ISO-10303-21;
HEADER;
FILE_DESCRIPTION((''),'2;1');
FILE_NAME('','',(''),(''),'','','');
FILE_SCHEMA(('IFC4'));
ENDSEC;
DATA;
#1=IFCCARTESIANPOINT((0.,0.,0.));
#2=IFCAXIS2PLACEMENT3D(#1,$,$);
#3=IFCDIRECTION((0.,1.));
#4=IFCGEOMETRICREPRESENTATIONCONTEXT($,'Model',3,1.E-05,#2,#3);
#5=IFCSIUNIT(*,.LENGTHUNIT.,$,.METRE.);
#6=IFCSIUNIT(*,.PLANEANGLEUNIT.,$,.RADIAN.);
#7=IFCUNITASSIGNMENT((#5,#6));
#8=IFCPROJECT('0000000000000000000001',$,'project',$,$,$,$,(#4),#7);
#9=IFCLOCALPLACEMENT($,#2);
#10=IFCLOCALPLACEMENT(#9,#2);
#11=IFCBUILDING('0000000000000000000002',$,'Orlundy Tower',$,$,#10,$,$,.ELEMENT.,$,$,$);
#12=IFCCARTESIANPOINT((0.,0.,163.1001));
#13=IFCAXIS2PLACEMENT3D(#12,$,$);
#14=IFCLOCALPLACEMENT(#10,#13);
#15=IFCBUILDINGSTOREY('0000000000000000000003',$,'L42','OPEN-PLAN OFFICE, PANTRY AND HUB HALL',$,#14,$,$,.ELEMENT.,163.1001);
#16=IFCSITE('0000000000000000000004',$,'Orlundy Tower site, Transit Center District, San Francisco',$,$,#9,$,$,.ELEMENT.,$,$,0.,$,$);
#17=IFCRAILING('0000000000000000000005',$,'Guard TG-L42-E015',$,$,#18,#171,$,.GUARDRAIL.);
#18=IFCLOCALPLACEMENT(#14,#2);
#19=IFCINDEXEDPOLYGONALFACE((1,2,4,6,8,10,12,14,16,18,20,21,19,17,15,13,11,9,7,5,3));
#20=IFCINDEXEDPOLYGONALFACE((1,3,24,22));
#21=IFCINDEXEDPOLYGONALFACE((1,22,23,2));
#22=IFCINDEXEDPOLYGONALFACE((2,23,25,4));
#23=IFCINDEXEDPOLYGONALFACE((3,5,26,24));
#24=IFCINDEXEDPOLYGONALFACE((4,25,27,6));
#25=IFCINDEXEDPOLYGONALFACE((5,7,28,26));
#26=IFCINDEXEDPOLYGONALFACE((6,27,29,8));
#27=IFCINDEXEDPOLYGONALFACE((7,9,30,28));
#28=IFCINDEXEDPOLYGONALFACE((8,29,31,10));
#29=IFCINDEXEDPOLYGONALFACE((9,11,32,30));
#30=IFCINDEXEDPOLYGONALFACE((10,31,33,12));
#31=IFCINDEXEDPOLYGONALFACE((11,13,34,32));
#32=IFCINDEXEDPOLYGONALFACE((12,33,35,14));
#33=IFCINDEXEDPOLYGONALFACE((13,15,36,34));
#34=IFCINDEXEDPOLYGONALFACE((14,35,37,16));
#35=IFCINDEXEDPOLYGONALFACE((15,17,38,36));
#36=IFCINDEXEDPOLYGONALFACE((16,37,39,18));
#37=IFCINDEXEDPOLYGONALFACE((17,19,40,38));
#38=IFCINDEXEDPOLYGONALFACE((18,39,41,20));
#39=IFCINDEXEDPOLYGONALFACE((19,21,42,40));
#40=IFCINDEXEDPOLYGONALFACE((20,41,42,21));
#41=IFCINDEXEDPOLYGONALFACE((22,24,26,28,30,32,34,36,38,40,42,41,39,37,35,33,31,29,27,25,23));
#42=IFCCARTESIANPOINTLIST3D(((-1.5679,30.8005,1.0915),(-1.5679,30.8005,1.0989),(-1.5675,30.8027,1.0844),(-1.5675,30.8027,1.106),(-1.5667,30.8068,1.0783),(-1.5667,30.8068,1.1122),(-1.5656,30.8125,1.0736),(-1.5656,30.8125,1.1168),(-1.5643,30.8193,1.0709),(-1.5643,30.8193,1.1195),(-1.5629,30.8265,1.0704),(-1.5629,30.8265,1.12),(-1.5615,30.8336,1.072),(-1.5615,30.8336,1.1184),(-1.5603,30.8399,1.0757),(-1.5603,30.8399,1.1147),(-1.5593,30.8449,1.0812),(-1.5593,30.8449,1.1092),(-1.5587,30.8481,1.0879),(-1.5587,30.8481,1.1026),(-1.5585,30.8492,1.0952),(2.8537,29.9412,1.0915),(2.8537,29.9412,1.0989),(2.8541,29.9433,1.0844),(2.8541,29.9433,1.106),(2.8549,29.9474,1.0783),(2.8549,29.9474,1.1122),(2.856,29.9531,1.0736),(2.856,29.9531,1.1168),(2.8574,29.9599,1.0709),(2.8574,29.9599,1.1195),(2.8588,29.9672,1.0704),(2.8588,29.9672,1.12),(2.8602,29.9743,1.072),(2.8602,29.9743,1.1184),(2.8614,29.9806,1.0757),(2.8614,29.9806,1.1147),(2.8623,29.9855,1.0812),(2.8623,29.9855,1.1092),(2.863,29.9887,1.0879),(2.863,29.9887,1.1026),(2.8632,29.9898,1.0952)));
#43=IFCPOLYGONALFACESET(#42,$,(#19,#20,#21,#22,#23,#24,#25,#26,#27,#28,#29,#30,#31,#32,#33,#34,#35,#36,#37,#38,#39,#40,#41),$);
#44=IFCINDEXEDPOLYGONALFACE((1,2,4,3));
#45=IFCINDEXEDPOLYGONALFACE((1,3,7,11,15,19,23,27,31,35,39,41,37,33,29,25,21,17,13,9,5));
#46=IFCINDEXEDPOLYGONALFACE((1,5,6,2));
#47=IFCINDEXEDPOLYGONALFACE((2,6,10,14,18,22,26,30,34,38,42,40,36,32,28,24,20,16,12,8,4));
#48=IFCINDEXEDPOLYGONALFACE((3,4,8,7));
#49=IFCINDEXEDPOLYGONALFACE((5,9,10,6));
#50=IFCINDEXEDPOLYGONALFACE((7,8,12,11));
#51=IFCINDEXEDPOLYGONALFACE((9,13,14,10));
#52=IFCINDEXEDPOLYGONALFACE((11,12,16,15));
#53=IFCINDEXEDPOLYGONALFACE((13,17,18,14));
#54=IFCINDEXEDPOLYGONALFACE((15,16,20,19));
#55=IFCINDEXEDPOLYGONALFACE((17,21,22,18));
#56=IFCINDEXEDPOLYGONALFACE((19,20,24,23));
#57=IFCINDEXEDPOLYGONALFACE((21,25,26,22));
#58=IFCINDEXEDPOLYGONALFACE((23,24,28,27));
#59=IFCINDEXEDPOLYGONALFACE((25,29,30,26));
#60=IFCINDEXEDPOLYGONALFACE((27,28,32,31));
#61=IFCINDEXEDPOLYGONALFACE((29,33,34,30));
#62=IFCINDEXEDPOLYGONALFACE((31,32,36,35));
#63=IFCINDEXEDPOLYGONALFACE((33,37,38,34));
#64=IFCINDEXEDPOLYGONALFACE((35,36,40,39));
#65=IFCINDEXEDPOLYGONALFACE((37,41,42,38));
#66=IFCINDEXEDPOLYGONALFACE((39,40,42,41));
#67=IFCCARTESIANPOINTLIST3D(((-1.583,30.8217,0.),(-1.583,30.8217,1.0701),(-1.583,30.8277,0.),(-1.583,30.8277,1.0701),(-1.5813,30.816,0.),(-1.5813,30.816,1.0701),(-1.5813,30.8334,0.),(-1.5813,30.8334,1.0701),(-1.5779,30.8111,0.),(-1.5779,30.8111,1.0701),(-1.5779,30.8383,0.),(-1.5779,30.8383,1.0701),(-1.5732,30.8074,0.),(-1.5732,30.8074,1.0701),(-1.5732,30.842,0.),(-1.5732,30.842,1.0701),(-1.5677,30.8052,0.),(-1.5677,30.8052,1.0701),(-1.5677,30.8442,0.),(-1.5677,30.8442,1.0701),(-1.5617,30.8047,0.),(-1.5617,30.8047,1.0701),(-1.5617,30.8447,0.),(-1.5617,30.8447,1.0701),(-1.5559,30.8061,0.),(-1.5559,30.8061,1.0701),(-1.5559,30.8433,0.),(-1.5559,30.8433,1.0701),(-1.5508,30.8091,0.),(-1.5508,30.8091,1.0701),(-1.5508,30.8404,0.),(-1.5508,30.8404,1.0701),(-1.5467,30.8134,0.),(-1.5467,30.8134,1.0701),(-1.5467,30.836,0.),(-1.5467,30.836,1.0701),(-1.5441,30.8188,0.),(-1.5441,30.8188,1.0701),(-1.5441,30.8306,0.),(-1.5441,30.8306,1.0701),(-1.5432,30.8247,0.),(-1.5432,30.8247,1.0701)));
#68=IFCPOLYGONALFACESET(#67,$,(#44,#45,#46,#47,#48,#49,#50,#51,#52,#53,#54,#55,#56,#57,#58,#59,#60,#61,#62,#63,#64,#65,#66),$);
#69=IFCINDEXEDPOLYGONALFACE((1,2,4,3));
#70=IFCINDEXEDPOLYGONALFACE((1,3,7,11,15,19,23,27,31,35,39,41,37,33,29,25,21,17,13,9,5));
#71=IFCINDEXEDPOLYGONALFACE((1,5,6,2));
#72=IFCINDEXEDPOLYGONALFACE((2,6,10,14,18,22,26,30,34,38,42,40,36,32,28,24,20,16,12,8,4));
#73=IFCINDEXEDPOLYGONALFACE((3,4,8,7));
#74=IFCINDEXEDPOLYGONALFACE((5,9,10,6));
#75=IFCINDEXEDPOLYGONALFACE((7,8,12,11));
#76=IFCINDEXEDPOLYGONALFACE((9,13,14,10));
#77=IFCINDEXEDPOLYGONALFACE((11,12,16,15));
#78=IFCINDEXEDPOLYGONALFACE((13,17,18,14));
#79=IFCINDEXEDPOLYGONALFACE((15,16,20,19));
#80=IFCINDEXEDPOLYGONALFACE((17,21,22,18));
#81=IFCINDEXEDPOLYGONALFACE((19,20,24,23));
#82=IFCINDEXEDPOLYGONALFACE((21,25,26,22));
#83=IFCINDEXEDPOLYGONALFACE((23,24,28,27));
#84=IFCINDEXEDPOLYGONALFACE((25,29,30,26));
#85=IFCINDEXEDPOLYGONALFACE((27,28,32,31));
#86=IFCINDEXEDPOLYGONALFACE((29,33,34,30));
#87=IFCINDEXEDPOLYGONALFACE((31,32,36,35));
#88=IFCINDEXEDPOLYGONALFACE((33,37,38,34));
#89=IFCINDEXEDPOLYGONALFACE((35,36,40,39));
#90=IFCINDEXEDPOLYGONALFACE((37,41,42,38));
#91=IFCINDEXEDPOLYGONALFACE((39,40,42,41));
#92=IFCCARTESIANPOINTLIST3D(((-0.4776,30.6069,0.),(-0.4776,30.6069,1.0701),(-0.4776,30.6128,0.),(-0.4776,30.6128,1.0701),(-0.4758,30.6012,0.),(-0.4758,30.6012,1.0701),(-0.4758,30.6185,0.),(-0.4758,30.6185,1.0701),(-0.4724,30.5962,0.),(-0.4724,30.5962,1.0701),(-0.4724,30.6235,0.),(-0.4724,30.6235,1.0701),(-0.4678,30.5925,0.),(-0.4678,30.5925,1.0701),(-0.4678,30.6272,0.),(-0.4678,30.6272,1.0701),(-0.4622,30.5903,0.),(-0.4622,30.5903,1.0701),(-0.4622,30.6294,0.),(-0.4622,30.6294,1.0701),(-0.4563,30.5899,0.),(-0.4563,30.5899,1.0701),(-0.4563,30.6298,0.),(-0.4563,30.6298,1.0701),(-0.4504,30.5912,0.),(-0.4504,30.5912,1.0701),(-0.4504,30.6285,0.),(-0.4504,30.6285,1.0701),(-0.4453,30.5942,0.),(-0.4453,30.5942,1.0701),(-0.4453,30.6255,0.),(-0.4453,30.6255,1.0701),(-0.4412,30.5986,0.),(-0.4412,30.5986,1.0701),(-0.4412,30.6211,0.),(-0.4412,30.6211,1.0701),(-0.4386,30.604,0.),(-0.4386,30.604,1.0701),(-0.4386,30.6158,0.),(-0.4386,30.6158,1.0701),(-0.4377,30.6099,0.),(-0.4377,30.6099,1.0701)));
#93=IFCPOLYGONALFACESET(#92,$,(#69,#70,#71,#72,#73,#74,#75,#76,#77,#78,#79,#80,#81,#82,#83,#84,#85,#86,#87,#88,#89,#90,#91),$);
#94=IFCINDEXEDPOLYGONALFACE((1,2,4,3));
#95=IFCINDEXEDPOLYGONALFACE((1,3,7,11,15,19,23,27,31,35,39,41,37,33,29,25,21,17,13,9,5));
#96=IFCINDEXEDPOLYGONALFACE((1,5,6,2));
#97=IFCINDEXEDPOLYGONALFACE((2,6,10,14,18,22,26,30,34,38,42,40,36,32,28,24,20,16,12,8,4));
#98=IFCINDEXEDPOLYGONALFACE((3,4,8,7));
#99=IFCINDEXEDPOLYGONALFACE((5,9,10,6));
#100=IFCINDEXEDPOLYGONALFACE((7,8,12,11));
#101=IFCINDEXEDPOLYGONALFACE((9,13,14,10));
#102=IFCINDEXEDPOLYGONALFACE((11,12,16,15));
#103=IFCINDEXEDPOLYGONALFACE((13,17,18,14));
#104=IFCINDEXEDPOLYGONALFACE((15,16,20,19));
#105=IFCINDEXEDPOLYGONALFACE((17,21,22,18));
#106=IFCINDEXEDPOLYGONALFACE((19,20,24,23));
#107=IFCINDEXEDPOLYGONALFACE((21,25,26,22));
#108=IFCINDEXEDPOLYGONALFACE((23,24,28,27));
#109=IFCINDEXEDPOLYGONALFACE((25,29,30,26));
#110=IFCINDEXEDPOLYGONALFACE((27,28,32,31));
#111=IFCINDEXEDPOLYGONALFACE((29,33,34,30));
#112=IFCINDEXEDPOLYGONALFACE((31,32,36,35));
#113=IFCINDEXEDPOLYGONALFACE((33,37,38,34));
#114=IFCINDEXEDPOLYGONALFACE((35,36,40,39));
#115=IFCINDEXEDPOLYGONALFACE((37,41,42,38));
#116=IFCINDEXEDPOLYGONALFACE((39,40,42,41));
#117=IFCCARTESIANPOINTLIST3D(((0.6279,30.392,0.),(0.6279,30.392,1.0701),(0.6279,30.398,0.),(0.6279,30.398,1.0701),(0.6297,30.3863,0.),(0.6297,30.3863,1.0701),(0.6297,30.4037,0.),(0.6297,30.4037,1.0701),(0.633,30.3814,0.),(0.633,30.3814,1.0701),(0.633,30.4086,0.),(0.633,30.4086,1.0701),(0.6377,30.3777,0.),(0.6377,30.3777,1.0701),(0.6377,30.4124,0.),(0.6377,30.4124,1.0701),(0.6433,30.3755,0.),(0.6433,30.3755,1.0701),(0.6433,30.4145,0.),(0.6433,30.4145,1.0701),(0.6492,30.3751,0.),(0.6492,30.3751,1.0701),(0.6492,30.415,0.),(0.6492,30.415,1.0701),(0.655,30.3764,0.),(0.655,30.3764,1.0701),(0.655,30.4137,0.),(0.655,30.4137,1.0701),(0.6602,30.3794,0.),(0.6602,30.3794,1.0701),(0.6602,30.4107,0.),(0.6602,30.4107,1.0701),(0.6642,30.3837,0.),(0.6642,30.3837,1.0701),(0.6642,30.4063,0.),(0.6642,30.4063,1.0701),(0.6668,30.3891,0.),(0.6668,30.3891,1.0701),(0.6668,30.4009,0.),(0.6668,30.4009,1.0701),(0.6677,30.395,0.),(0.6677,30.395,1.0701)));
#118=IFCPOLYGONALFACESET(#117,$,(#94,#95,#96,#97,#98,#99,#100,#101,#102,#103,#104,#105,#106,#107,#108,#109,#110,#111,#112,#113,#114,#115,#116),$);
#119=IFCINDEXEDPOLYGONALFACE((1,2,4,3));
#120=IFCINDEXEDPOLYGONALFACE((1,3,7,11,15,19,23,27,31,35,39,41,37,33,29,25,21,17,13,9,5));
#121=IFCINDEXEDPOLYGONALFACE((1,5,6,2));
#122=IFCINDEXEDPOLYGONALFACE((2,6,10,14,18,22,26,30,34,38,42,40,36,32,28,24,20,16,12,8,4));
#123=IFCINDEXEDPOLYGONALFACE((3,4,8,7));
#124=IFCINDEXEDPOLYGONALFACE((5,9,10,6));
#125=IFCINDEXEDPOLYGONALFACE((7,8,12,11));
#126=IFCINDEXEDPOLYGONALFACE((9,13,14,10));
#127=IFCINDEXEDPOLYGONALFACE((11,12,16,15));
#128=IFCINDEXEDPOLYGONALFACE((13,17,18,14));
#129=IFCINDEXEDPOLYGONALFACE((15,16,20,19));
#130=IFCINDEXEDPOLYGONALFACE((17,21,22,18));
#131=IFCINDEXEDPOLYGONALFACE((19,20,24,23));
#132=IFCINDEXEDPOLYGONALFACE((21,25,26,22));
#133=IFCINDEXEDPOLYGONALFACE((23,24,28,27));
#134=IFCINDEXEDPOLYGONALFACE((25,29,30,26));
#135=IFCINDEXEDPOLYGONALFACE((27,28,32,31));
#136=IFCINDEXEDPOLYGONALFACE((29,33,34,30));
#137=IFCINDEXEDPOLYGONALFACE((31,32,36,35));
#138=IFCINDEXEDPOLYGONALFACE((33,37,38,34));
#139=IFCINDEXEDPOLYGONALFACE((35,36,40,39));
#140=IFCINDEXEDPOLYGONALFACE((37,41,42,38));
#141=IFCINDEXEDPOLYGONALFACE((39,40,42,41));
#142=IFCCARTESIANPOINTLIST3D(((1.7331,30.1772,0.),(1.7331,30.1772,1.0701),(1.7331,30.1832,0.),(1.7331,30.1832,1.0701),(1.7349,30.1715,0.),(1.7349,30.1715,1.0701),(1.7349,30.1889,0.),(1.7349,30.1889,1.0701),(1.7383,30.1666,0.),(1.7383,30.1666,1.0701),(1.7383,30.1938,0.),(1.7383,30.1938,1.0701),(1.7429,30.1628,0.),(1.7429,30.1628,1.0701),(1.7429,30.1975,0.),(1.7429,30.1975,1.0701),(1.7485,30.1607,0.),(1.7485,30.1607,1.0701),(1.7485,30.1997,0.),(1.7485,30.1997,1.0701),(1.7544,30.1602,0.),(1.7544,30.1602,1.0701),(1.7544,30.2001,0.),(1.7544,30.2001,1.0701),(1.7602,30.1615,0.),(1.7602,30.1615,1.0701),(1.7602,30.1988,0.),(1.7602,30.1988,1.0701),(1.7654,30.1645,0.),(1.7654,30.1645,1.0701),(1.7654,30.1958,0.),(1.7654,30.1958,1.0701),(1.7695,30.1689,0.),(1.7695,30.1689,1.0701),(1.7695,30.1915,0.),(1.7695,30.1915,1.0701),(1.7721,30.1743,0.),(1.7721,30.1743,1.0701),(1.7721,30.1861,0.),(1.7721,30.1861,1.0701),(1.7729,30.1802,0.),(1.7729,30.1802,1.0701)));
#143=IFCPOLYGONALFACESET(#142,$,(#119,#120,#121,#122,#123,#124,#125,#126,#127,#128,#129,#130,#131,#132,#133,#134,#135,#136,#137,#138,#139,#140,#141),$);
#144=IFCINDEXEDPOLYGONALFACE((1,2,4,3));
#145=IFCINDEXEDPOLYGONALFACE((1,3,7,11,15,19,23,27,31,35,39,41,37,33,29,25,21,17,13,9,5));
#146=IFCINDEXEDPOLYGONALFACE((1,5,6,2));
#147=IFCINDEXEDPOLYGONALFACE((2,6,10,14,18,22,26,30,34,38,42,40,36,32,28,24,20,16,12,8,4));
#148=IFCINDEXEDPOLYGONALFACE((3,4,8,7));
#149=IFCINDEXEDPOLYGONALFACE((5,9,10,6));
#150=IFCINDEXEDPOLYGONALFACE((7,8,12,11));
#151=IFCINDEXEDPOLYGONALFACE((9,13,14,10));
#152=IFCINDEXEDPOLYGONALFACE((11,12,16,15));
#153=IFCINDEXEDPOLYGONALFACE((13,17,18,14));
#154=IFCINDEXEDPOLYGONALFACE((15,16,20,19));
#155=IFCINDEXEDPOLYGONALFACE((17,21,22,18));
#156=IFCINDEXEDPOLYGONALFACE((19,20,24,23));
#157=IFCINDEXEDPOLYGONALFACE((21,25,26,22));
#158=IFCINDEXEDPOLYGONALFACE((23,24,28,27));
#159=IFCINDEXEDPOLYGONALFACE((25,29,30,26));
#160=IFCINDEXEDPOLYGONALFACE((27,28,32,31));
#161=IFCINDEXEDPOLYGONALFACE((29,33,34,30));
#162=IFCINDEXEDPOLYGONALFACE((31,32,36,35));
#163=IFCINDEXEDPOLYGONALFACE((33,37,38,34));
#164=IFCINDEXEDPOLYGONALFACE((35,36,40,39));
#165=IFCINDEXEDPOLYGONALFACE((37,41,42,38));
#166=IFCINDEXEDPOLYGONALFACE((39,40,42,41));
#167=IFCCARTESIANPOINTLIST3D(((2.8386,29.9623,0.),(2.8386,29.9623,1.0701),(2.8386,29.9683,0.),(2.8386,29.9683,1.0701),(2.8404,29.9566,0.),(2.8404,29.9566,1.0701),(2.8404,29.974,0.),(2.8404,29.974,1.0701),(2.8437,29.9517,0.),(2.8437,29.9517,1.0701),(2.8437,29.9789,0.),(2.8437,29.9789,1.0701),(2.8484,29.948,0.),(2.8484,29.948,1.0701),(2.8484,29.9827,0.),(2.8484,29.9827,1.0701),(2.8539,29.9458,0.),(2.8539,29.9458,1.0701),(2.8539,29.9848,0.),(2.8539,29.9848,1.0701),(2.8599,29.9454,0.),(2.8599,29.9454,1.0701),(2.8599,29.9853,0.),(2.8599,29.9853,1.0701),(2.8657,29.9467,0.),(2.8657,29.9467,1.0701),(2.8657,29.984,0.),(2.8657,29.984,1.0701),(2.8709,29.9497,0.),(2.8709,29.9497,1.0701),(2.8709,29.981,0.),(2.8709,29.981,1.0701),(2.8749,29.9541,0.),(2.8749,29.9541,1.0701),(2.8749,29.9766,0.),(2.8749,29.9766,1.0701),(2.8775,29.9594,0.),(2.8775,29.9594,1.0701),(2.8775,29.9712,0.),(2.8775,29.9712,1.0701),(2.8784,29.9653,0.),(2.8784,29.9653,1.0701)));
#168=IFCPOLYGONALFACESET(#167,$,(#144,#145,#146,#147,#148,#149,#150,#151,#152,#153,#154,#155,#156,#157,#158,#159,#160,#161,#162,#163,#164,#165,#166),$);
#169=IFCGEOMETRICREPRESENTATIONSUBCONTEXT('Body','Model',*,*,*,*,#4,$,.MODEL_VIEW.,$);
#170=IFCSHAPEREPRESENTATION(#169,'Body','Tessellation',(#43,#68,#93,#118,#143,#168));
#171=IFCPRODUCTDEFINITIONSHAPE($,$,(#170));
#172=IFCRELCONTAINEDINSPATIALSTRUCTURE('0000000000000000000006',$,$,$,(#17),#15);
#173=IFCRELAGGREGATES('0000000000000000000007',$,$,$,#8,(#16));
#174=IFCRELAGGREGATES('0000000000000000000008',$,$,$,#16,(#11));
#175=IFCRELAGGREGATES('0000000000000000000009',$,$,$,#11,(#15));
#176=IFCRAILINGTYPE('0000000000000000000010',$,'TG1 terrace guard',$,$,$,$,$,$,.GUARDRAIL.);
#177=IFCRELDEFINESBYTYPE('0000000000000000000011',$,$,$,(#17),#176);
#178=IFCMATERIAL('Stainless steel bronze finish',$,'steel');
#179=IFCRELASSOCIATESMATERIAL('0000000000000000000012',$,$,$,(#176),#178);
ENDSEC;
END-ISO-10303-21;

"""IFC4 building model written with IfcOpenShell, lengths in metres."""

from ifc_helpers import new_model, si_unit, direction, frame, origin, origin_2d, place, context, subcontext, project, spatial, circle, extrude, material, type_object, element, save


model = new_model("IFC4")

# Units and contexts
model_context = context("Model", 3, precision=1e-05, world=origin(), true_north=direction((0.0, 1.0)))
body_context = subcontext(model_context, "Body", "Model", "MODEL_VIEW")
ifc_project = project(units=[si_unit("LENGTHUNIT", "METRE"), si_unit("PLANEANGLEUNIT", "RADIAN")], contexts=[model_context])

# Site, building, storey
site_placement = place(None, origin())
site = spatial("IfcSite", under=ifc_project, at=site_placement, Name="Orlundy Tower site, Transit Center District, San Francisco", CompositionType="ELEMENT", RefElevation=0.0)
building_placement = place(site_placement, origin())
building = spatial("IfcBuilding", under=site, at=building_placement, Name="Orlundy Tower", CompositionType="ELEMENT")
storey_placement = place(building_placement, frame((0.0, 0.0, 163.1001)))
storey = spatial("IfcBuildingStorey", under=building, at=storey_placement, Name="L42", Description="OPEN-PLAN OFFICE, PANTRY AND HUB HALL", CompositionType="ELEMENT", Elevation=163.1001)

# Railing
ifc_material_1 = material(Name="Stainless steel bronze finish", Category="steel")
railing_type_1 = type_object("IfcRailingType", Name="TG1 terrace guard", PredefinedType="GUARDRAIL", material=ifc_material_1)
railing_1_placement = place(storey_placement, frame((-1.5632, 30.8247, 0.0)))
element("IfcRailing", 1, at=railing_1_placement, inside=storey, type_object=railing_type_1, Name="Guard TG-L42-E015", PredefinedType="GUARDRAIL", context=body_context, shape_type="SweptSolid", body=[
    extrude(circle(Radius=0.0249, at=origin_2d()), frame((0.0, 0.0, 1.0952), z_axis=(0.981631, -0.190787, 0.0), x_axis=(0.190787, 0.981631, 0.0)), (0.0, 0.0, 1.0), 4.5044),
    extrude(circle(Radius=0.02, at=origin_2d()), origin(), (0.0, 0.0, 1.0), 1.0701),
    extrude(circle(Radius=0.02, at=origin_2d()), frame((1.1055, -0.2148, 0.0)), (0.0, 0.0, 1.0), 1.0701),
    extrude(circle(Radius=0.02, at=origin_2d()), frame((2.2109, -0.4297, 0.0)), (0.0, 0.0, 1.0), 1.0701),
    extrude(circle(Radius=0.02, at=origin_2d()), frame((3.3162, -0.6445, 0.0)), (0.0, 0.0, 1.0), 1.0701),
    extrude(circle(Radius=0.02, at=origin_2d()), frame((4.4216, -0.8594, 0.0)), (0.0, 0.0, 1.0), 1.0701),
])

save(model, "model.ifc")
